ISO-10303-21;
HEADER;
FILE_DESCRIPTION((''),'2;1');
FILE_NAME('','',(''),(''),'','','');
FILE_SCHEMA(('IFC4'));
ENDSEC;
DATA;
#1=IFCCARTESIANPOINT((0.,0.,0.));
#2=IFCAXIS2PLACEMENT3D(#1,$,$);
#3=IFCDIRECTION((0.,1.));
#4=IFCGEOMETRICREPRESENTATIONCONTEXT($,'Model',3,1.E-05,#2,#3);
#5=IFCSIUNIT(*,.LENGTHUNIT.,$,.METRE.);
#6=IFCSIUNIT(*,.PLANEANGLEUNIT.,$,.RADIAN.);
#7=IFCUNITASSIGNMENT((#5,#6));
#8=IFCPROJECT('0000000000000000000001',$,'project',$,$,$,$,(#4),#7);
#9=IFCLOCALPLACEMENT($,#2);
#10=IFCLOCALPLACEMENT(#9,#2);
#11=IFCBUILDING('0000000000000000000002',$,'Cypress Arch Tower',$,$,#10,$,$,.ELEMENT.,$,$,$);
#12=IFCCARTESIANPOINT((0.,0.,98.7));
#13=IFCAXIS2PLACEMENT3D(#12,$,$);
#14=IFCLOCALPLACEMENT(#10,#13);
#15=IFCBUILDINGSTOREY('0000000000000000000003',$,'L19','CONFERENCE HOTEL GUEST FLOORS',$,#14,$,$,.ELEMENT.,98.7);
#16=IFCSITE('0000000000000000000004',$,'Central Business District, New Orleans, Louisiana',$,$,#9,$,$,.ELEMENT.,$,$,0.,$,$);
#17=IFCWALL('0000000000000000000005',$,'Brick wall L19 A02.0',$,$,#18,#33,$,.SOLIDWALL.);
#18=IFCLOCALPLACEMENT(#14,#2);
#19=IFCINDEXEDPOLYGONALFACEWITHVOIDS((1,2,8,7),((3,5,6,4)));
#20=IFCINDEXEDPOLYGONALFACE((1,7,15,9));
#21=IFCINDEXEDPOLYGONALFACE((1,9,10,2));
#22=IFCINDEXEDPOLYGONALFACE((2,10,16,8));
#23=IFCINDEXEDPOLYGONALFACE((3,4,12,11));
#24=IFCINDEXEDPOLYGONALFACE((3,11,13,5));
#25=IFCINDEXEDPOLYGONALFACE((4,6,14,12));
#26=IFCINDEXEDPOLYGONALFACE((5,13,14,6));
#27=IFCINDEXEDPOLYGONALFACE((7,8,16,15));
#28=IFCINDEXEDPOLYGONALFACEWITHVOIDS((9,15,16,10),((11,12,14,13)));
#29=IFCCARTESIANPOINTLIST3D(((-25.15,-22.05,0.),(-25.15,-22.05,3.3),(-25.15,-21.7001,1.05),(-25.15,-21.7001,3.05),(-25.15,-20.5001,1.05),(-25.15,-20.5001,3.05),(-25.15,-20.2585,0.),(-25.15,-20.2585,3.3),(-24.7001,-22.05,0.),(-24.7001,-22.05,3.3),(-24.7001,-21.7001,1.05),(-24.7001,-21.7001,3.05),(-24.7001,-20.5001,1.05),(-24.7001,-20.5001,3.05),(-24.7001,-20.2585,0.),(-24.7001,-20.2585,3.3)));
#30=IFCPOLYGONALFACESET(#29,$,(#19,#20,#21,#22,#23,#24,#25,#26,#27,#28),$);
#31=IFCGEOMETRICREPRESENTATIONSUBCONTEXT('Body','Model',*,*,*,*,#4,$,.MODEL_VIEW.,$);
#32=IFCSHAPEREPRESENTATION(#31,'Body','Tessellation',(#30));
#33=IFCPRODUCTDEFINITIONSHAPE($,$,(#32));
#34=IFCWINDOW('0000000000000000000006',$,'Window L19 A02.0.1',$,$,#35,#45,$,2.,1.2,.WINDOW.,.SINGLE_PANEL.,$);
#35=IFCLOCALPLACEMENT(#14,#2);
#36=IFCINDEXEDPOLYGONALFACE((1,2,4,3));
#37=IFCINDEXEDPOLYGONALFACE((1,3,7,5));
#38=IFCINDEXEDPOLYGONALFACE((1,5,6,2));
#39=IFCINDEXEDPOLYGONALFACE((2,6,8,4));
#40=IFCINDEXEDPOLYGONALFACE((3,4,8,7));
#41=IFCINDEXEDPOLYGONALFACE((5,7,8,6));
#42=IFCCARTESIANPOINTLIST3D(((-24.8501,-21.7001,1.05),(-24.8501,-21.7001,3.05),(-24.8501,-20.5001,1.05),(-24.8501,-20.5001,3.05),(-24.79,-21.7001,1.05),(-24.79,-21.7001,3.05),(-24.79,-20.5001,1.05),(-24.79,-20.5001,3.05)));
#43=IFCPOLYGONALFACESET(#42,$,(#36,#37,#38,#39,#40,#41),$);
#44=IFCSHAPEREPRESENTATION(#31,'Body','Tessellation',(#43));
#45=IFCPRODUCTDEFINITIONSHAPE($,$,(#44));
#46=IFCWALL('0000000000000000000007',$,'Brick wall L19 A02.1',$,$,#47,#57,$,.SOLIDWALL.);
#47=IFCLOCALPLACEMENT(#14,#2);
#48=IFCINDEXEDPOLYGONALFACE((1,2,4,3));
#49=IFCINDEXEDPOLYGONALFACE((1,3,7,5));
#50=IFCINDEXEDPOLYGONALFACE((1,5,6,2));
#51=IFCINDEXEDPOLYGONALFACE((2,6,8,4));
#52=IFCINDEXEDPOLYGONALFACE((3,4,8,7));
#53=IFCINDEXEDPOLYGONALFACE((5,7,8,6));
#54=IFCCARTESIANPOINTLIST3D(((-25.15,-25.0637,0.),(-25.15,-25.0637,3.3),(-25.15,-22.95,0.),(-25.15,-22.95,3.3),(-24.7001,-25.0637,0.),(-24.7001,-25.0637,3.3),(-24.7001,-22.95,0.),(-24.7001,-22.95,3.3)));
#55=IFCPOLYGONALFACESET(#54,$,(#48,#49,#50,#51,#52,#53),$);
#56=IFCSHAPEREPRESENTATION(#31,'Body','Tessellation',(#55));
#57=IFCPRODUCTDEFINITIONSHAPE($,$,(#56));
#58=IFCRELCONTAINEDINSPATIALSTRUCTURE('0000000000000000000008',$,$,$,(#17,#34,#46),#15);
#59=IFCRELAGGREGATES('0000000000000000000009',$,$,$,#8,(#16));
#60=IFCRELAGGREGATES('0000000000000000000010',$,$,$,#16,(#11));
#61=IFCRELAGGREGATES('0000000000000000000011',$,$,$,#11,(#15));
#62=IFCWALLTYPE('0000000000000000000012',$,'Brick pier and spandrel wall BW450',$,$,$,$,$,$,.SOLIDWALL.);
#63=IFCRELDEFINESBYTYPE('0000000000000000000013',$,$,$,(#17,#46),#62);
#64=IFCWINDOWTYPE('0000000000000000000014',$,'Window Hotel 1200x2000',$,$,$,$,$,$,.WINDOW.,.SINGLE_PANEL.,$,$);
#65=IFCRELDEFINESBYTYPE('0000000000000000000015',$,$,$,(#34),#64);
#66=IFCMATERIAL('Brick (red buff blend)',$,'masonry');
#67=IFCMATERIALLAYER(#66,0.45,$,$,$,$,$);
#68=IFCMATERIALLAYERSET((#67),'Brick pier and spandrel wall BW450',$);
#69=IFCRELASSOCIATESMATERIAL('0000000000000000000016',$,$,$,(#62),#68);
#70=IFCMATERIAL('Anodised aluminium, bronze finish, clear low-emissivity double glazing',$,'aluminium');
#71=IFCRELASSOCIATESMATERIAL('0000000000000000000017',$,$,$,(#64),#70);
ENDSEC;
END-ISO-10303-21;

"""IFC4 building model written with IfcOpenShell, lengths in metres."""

from ifc_helpers import new_model, si_unit, direction, frame, frame_2d, origin, place, context, subcontext, project, spatial, rectangle, extrude, material, layer, layer_set, type_object, element, fill, save


model = new_model("IFC4")

# Units and contexts
model_context = context("Model", 3, precision=1e-05, world=origin(), true_north=direction((0.0, 1.0)))
body_context = subcontext(model_context, "Body", "Model", "MODEL_VIEW")
ifc_project = project(units=[si_unit("LENGTHUNIT", "METRE"), si_unit("PLANEANGLEUNIT", "RADIAN")], contexts=[model_context])

# Site, building, storey
site_placement = place(None, origin())
site = spatial("IfcSite", under=ifc_project, at=site_placement, Name="Central Business District, New Orleans, Louisiana", CompositionType="ELEMENT", RefElevation=0.0)
building_placement = place(site_placement, origin())
building = spatial("IfcBuilding", under=site, at=building_placement, Name="Cypress Arch Tower", CompositionType="ELEMENT")
storey_placement = place(building_placement, frame((0.0, 0.0, 98.7)))
storey = spatial("IfcBuildingStorey", under=building, at=storey_placement, Name="L19", Description="CONFERENCE HOTEL GUEST FLOORS", CompositionType="ELEMENT", Elevation=98.7)

# Wall, opening, window
ifc_material_1 = material(Name="Brick (red buff blend)", Category="masonry")
ifc_layer_1 = layer(ifc_material_1, 0.45)
ifc_layer_set_1 = layer_set([ifc_layer_1], Name="Brick pier and spandrel wall BW450")
wall_type_1 = type_object("IfcWallType", Name="Brick pier and spandrel wall BW450", PredefinedType="SOLIDWALL", material=ifc_layer_set_1)
wall_1_placement = place(storey_placement, frame((-24.925, -20.2585, 0.0), z_axis=(0.0, 0.0, 1.0), x_axis=(0.0, -1.0, 0.0)))
wall_1 = element("IfcWall", 1, at=wall_1_placement, inside=storey, type_object=wall_type_1, Name="Brick wall L19 A02.0", PredefinedType="SOLIDWALL", context=body_context, shape_type="SweptSolid", body=[
    extrude(rectangle(XDim=1.7915, YDim=0.45, at=frame_2d((0.8958, 0.0))), origin(), (0.0, 0.0, 1.0), 3.3),
])
opening_1_placement = place(wall_1_placement, frame((0.2415, 0.0, 1.05)))
opening_1 = element("IfcOpeningElement", 2, at=opening_1_placement, cuts=wall_1, PredefinedType="OPENING", context=body_context, shape_type="SweptSolid", body=[
    extrude(rectangle(XDim=1.2, YDim=2.0, at=frame_2d((0.6001, 1.0))), frame((0.0, 0.2349, 0.0), z_axis=(0.0, -1.0, 0.0), x_axis=(1.0, 0.0, 0.0)), (0.0, 0.0, 1.0), 0.47),
])
ifc_material_2 = material(Name="Anodised aluminium, bronze finish, clear low-emissivity double glazing", Category="aluminium")
window_type_1 = type_object("IfcWindowType", Name="Window Hotel 1200x2000", PartitioningType="SINGLE_PANEL", PredefinedType="WINDOW", material=ifc_material_2)
window_1_placement = place(opening_1_placement, origin())
window_1 = element("IfcWindow", 3, at=window_1_placement, inside=storey, type_object=window_type_1, Name="Window L19 A02.0.1", OverallHeight=2.0, OverallWidth=1.2, PartitioningType="SINGLE_PANEL", PredefinedType="WINDOW", context=body_context, shape_type="SweptSolid", body=[
    extrude(rectangle(XDim=1.2, YDim=2.0, at=frame_2d((0.6001, 1.0))), frame((0.0, 0.135, 0.0), z_axis=(0.0, -1.0, 0.0), x_axis=(1.0, 0.0, 0.0)), (0.0, 0.0, 1.0), 0.0601),
])
fill(opening_1, window_1)

# Wall
wall_2_placement = place(storey_placement, frame((-24.925, -22.95, 0.0), z_axis=(0.0, 0.0, 1.0), x_axis=(0.0, -1.0, 0.0)))
element("IfcWall", 4, at=wall_2_placement, inside=storey, type_object=wall_type_1, Name="Brick wall L19 A02.1", PredefinedType="SOLIDWALL", context=body_context, shape_type="SweptSolid", body=[
    extrude(rectangle(XDim=2.1138, YDim=0.45, at=frame_2d((1.0569, 0.0))), origin(), (0.0, 0.0, 1.0), 3.3),
])

save(model, "model.ifc")
